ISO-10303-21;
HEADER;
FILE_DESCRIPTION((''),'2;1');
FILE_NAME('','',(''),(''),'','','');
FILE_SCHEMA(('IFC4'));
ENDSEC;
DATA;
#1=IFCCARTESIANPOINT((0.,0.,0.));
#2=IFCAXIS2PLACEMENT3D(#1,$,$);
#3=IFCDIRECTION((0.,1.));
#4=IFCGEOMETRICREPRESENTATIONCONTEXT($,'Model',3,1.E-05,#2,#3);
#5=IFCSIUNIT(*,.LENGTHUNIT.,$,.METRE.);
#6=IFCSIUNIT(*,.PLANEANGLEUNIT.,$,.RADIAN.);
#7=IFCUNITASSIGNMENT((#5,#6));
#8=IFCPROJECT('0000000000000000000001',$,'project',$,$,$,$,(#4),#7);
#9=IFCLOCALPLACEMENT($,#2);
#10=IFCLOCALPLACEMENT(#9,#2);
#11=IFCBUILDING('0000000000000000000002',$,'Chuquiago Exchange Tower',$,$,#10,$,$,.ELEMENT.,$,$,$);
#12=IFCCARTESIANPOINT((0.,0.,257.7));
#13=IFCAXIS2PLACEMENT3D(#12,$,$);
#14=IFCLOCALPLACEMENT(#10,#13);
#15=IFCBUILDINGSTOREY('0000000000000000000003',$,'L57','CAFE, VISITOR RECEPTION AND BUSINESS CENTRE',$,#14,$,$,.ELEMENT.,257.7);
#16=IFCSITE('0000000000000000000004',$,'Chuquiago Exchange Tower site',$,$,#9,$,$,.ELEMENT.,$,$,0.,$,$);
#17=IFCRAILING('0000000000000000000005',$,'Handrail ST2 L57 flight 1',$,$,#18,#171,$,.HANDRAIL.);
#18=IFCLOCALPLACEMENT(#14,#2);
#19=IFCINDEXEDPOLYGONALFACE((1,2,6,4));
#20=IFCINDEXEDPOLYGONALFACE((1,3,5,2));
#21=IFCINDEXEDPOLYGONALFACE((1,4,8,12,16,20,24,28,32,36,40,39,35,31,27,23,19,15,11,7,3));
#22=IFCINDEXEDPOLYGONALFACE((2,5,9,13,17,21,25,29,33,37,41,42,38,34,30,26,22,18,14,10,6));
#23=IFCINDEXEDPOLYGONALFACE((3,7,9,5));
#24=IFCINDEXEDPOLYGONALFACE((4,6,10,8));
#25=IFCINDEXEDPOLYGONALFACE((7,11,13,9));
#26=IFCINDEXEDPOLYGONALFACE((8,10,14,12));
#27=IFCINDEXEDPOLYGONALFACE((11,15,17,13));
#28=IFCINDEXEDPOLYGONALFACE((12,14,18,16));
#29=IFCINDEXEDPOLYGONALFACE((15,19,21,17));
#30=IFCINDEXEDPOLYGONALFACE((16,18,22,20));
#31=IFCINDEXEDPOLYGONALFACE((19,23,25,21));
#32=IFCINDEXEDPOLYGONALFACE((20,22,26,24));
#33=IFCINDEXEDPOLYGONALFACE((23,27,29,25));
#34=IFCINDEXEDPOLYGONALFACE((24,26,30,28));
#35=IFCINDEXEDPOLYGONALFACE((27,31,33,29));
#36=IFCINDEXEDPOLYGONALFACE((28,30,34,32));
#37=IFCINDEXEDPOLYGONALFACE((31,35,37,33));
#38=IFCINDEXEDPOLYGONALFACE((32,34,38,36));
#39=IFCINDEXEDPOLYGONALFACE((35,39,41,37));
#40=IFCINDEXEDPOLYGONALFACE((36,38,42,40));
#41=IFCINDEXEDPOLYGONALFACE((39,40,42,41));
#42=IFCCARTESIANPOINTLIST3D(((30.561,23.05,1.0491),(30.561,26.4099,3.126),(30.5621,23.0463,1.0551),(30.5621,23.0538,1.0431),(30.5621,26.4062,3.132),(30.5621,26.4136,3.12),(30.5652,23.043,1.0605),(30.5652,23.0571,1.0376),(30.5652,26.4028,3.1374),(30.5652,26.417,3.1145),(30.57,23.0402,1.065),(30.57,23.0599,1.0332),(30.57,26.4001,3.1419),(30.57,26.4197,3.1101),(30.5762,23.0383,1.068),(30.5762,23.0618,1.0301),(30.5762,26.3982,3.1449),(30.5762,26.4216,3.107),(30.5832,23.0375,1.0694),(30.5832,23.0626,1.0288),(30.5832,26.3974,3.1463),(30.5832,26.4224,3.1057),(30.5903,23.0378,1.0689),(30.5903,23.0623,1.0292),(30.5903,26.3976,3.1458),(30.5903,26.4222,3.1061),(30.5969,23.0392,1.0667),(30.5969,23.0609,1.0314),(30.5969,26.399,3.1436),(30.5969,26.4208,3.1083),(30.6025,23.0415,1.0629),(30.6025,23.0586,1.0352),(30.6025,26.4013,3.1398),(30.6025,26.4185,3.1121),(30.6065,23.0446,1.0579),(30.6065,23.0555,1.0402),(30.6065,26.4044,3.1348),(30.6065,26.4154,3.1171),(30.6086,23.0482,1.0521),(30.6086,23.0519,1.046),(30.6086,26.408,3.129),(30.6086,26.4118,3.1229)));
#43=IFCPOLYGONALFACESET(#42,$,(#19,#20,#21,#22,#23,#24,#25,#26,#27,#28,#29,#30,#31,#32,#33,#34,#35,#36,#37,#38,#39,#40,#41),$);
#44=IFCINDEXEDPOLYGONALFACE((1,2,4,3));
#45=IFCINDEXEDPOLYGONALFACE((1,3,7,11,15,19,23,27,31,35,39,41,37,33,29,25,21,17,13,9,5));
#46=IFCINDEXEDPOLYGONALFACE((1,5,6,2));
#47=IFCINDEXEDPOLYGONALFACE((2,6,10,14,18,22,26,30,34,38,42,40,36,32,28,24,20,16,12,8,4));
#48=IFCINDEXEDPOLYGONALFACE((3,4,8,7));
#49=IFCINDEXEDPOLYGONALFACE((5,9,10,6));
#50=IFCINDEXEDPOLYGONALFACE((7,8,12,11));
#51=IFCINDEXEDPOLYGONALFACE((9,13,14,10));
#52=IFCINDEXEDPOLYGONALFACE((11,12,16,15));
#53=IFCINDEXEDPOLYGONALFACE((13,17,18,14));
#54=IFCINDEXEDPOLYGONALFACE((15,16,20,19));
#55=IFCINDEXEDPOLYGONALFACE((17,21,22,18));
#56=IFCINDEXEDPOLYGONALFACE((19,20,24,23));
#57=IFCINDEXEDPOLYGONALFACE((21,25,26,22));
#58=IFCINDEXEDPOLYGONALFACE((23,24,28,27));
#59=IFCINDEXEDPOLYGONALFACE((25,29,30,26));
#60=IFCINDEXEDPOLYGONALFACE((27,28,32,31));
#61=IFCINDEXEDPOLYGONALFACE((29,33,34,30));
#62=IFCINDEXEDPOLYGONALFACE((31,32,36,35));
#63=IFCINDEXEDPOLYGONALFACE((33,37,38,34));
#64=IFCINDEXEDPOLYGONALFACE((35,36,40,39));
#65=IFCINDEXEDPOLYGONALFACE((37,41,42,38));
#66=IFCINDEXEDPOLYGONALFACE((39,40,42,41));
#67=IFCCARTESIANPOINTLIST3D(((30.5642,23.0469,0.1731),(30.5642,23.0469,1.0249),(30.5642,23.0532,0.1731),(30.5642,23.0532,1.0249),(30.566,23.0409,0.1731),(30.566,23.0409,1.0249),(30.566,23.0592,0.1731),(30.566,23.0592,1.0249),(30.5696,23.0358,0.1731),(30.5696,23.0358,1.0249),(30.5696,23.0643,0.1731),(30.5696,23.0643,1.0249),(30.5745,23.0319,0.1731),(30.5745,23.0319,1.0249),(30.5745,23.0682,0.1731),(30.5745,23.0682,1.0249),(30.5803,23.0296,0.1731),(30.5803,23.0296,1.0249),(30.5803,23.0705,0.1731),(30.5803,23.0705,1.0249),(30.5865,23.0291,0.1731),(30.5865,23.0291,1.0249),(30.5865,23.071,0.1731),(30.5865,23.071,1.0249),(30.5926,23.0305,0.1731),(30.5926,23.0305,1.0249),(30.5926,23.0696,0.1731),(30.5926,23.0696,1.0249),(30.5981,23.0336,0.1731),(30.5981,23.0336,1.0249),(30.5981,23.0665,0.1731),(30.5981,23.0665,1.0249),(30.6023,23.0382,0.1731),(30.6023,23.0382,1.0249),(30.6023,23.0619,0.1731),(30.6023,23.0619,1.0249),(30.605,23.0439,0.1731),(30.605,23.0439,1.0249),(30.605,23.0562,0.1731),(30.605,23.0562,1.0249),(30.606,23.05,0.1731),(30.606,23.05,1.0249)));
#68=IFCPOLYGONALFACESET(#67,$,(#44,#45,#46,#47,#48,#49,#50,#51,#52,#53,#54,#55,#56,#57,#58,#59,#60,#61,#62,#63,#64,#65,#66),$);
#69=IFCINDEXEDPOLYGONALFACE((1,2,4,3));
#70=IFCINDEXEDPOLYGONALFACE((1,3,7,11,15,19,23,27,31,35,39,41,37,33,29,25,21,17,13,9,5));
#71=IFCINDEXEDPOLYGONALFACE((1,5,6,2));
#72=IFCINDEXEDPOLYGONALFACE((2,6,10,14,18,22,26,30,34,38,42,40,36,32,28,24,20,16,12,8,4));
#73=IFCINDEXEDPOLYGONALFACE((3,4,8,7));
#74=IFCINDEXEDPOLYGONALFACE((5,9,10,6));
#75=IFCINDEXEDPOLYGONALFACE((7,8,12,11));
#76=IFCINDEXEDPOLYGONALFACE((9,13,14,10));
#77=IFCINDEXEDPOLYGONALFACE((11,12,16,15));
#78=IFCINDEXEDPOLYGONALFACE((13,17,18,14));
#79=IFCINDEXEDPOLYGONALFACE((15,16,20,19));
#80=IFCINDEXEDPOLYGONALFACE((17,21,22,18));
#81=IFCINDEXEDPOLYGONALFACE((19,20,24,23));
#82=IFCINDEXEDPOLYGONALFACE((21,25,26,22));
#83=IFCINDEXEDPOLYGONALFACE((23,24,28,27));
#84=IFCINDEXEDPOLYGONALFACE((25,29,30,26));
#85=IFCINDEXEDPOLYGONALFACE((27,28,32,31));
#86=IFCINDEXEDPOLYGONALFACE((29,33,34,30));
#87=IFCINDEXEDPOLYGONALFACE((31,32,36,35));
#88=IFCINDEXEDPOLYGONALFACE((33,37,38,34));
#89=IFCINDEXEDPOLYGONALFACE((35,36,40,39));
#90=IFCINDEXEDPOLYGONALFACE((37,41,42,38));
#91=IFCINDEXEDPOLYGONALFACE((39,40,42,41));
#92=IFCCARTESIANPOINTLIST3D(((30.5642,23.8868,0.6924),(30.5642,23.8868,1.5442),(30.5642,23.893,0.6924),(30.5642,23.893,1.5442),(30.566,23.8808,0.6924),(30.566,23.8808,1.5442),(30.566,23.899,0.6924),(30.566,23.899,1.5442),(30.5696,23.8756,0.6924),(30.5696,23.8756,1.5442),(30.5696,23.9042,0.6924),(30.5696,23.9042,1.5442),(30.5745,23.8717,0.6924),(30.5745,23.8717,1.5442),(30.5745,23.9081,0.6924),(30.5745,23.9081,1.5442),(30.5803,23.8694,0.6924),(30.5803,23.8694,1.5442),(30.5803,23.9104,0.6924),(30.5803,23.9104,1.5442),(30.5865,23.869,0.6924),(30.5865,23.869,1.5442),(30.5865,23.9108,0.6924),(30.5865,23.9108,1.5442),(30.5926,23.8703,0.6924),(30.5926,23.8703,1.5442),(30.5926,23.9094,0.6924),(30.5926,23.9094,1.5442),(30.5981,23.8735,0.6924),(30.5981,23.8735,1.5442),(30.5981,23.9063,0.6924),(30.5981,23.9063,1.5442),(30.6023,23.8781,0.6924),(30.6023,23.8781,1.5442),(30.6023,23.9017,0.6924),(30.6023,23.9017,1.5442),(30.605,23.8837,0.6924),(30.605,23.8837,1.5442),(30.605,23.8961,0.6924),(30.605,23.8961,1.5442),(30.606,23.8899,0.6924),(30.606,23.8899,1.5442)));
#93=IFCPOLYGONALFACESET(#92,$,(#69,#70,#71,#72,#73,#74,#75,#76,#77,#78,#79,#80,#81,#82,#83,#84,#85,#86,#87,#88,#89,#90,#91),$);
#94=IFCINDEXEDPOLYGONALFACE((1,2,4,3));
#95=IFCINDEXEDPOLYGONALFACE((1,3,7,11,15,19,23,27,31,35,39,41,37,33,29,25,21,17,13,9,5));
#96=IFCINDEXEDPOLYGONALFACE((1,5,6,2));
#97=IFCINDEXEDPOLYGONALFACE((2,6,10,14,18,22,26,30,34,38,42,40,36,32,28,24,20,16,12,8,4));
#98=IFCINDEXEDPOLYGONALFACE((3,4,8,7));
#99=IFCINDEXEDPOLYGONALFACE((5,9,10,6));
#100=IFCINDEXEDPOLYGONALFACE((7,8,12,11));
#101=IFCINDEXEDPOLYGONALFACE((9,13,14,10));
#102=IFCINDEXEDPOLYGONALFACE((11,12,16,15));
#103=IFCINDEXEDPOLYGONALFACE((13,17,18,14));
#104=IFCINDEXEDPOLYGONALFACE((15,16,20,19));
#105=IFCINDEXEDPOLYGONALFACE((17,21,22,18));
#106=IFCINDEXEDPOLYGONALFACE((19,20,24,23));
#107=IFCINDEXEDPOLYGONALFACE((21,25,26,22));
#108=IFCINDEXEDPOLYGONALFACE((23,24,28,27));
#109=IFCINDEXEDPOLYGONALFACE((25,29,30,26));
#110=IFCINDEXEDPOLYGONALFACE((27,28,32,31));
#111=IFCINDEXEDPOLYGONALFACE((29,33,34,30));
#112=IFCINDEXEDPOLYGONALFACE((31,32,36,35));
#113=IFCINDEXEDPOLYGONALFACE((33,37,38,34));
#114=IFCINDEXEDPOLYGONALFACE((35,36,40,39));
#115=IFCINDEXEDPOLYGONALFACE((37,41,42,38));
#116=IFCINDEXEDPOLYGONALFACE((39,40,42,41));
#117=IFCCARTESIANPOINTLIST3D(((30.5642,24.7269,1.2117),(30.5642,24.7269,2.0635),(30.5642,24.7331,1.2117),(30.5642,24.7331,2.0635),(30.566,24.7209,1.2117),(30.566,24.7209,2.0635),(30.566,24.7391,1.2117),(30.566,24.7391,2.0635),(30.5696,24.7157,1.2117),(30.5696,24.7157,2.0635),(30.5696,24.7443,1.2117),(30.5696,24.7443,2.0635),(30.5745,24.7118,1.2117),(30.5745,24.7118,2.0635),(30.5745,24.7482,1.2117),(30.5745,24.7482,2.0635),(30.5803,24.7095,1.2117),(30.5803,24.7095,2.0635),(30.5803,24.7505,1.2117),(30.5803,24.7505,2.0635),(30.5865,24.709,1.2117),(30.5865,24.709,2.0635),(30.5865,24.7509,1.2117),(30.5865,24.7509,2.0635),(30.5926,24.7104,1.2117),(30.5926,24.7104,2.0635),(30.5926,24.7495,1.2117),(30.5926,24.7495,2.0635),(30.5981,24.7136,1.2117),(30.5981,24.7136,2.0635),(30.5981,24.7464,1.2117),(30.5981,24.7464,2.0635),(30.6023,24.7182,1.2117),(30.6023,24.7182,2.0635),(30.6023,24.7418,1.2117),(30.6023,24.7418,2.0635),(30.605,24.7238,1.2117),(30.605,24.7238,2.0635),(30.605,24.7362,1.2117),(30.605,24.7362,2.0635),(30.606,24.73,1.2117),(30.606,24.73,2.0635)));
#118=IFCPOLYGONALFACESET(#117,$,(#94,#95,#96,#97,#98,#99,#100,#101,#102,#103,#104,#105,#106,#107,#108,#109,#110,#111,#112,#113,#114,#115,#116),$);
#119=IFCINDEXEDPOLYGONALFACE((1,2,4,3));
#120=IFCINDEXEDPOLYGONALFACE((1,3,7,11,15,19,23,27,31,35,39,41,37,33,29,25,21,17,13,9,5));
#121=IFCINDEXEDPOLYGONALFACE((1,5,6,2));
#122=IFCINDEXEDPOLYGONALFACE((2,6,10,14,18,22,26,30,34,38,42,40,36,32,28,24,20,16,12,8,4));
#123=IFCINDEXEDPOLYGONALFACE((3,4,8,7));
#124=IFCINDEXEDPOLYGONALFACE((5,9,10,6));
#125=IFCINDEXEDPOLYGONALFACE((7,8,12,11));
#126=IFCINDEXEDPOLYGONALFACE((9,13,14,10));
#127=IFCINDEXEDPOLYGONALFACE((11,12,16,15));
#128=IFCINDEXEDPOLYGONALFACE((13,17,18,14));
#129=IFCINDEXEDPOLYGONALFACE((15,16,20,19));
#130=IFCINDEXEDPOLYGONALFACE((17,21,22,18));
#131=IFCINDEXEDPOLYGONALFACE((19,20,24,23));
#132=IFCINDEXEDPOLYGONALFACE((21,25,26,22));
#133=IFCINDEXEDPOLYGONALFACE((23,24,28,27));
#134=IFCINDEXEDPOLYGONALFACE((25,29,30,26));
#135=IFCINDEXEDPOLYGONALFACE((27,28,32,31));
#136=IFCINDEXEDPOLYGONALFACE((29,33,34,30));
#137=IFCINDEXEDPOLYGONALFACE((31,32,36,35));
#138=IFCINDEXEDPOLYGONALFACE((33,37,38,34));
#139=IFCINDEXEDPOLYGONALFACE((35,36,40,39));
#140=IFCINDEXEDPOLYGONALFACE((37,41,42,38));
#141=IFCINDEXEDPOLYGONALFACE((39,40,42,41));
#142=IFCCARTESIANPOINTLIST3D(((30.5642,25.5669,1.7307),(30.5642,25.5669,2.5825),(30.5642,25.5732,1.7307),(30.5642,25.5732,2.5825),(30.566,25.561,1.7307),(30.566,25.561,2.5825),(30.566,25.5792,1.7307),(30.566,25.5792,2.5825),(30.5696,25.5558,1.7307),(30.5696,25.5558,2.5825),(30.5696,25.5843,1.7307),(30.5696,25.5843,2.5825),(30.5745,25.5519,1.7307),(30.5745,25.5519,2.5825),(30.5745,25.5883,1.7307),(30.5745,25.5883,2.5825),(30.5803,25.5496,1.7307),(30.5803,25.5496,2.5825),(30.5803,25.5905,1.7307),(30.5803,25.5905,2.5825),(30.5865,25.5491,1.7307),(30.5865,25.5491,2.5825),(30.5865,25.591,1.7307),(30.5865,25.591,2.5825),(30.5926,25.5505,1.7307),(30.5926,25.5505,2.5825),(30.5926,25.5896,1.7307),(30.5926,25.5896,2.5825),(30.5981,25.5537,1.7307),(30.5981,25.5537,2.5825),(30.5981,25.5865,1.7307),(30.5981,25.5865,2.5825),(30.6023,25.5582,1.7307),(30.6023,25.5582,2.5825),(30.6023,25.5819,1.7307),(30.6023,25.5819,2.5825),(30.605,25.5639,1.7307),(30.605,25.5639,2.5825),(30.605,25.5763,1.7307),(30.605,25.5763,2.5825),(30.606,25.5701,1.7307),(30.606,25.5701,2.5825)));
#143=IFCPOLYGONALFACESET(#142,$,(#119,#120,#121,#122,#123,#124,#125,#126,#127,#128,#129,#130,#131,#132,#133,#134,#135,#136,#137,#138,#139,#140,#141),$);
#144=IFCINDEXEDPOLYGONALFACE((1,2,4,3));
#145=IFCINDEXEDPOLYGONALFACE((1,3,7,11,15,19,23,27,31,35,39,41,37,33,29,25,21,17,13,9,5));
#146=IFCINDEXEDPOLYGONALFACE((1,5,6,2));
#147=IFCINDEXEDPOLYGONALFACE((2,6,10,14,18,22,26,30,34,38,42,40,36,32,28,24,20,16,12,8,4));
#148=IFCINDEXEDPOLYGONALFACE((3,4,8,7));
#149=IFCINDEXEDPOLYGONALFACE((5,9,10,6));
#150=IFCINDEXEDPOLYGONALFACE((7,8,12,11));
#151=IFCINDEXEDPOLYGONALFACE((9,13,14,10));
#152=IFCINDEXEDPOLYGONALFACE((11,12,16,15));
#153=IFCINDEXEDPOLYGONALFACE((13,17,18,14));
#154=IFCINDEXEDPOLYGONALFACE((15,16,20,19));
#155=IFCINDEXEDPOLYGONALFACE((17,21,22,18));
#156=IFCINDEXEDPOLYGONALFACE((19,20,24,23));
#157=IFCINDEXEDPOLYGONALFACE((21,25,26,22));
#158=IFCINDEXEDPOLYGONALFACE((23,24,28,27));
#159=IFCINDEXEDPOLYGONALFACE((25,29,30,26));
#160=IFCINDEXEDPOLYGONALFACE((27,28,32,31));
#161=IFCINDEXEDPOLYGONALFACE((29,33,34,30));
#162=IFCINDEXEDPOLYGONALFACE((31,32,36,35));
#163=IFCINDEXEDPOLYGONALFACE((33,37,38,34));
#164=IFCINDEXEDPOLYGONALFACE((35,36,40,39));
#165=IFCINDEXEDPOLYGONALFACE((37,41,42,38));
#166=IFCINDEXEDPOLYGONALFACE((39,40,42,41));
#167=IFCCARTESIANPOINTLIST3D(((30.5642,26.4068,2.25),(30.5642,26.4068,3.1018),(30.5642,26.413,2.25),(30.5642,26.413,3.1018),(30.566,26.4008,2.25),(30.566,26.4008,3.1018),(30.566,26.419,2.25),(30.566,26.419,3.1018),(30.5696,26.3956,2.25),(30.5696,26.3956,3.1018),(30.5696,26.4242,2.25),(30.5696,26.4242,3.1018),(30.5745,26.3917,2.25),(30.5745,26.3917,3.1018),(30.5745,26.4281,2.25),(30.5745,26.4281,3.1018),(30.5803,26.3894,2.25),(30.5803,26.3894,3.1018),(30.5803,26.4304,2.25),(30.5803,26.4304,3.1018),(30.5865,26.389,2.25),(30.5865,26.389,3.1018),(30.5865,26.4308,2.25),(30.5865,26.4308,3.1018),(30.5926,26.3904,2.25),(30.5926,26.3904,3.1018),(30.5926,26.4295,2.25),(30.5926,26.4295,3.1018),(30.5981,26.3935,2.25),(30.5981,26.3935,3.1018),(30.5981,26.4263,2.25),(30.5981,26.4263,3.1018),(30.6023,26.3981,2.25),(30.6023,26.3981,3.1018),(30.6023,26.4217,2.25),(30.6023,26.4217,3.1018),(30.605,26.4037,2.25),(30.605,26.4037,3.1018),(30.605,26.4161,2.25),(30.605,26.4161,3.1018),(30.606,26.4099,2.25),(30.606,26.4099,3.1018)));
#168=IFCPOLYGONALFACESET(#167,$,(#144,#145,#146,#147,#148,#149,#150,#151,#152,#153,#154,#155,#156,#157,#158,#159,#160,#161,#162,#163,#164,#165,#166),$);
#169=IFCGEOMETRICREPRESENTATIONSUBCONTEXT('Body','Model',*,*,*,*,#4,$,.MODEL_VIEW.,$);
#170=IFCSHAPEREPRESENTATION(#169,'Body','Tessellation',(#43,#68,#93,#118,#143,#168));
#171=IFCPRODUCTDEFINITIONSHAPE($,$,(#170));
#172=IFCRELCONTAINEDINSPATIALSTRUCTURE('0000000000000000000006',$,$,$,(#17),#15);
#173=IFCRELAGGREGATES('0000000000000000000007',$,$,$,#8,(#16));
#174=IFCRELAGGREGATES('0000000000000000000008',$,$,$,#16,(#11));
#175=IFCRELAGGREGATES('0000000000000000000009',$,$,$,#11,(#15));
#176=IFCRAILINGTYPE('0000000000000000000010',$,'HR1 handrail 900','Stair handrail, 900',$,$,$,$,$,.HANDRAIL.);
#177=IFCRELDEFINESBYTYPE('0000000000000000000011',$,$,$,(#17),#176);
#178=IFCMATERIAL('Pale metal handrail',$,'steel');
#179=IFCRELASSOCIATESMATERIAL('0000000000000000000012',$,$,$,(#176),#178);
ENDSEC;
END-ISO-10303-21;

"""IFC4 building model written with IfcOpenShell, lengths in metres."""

from ifc_helpers import new_model, si_unit, direction, frame, origin, origin_2d, place, context, subcontext, project, spatial, circle, extrude, material, type_object, element, save


model = new_model("IFC4")

# Units and contexts
model_context = context("Model", 3, precision=1e-05, world=origin(), true_north=direction((0.0, 1.0)))
body_context = subcontext(model_context, "Body", "Model", "MODEL_VIEW")
ifc_project = project(units=[si_unit("LENGTHUNIT", "METRE"), si_unit("PLANEANGLEUNIT", "RADIAN")], contexts=[model_context])

# Site, building, storey
site_placement = place(None, origin())
site = spatial("IfcSite", under=ifc_project, at=site_placement, Name="Chuquiago Exchange Tower site", CompositionType="ELEMENT", RefElevation=0.0)
building_placement = place(site_placement, origin())
building = spatial("IfcBuilding", under=site, at=building_placement, Name="Chuquiago Exchange Tower", CompositionType="ELEMENT")
storey_placement = place(building_placement, frame((0.0, 0.0, 257.7)))
storey = spatial("IfcBuildingStorey", under=building, at=storey_placement, Name="L57", Description="CAFE, VISITOR RECEPTION AND BUSINESS CENTRE", CompositionType="ELEMENT", Elevation=257.7)

# Railing
ifc_material_1 = material(Name="Pale metal handrail", Category="steel")
railing_type = type_object("IfcRailingType", Name="HR1 handrail 900", Description="Stair handrail, 900", PredefinedType="HANDRAIL", material=ifc_material_1)
railing_placement = place(storey_placement, frame((30.585, 23.05, 0.1731)))
element("IfcRailing", 1, at=railing_placement, inside=storey, type_object=railing_type, Name="Handrail ST2 L57 flight 1", PredefinedType="HANDRAIL", context=body_context, shape_type="SweptSolid", body=[
    extrude(circle(Radius=0.0239, at=origin_2d()), frame((0.0, 0.0, 0.876), z_axis=(0.0, 0.850606, 0.525803), x_axis=(-1.0, 0.0, 0.0)), (0.0, 0.0, 1.0), 3.95),
    extrude(circle(Radius=0.021, at=origin_2d()), origin(), (0.0, 0.0, 1.0), 0.8518),
    extrude(circle(Radius=0.021, at=origin_2d()), frame((0.0, 0.8398, 0.5193)), (0.0, 0.0, 1.0), 0.8518),
    extrude(circle(Radius=0.021, at=origin_2d()), frame((0.0, 1.6799, 1.0386)), (0.0, 0.0, 1.0), 0.8518),
    extrude(circle(Radius=0.021, at=origin_2d()), frame((0.0, 2.52, 1.5576)), (0.0, 0.0, 1.0), 0.8518),
    extrude(circle(Radius=0.021, at=origin_2d()), frame((0.0, 3.3599, 2.0769)), (0.0, 0.0, 1.0), 0.8518),
])

save(model, "model.ifc")
